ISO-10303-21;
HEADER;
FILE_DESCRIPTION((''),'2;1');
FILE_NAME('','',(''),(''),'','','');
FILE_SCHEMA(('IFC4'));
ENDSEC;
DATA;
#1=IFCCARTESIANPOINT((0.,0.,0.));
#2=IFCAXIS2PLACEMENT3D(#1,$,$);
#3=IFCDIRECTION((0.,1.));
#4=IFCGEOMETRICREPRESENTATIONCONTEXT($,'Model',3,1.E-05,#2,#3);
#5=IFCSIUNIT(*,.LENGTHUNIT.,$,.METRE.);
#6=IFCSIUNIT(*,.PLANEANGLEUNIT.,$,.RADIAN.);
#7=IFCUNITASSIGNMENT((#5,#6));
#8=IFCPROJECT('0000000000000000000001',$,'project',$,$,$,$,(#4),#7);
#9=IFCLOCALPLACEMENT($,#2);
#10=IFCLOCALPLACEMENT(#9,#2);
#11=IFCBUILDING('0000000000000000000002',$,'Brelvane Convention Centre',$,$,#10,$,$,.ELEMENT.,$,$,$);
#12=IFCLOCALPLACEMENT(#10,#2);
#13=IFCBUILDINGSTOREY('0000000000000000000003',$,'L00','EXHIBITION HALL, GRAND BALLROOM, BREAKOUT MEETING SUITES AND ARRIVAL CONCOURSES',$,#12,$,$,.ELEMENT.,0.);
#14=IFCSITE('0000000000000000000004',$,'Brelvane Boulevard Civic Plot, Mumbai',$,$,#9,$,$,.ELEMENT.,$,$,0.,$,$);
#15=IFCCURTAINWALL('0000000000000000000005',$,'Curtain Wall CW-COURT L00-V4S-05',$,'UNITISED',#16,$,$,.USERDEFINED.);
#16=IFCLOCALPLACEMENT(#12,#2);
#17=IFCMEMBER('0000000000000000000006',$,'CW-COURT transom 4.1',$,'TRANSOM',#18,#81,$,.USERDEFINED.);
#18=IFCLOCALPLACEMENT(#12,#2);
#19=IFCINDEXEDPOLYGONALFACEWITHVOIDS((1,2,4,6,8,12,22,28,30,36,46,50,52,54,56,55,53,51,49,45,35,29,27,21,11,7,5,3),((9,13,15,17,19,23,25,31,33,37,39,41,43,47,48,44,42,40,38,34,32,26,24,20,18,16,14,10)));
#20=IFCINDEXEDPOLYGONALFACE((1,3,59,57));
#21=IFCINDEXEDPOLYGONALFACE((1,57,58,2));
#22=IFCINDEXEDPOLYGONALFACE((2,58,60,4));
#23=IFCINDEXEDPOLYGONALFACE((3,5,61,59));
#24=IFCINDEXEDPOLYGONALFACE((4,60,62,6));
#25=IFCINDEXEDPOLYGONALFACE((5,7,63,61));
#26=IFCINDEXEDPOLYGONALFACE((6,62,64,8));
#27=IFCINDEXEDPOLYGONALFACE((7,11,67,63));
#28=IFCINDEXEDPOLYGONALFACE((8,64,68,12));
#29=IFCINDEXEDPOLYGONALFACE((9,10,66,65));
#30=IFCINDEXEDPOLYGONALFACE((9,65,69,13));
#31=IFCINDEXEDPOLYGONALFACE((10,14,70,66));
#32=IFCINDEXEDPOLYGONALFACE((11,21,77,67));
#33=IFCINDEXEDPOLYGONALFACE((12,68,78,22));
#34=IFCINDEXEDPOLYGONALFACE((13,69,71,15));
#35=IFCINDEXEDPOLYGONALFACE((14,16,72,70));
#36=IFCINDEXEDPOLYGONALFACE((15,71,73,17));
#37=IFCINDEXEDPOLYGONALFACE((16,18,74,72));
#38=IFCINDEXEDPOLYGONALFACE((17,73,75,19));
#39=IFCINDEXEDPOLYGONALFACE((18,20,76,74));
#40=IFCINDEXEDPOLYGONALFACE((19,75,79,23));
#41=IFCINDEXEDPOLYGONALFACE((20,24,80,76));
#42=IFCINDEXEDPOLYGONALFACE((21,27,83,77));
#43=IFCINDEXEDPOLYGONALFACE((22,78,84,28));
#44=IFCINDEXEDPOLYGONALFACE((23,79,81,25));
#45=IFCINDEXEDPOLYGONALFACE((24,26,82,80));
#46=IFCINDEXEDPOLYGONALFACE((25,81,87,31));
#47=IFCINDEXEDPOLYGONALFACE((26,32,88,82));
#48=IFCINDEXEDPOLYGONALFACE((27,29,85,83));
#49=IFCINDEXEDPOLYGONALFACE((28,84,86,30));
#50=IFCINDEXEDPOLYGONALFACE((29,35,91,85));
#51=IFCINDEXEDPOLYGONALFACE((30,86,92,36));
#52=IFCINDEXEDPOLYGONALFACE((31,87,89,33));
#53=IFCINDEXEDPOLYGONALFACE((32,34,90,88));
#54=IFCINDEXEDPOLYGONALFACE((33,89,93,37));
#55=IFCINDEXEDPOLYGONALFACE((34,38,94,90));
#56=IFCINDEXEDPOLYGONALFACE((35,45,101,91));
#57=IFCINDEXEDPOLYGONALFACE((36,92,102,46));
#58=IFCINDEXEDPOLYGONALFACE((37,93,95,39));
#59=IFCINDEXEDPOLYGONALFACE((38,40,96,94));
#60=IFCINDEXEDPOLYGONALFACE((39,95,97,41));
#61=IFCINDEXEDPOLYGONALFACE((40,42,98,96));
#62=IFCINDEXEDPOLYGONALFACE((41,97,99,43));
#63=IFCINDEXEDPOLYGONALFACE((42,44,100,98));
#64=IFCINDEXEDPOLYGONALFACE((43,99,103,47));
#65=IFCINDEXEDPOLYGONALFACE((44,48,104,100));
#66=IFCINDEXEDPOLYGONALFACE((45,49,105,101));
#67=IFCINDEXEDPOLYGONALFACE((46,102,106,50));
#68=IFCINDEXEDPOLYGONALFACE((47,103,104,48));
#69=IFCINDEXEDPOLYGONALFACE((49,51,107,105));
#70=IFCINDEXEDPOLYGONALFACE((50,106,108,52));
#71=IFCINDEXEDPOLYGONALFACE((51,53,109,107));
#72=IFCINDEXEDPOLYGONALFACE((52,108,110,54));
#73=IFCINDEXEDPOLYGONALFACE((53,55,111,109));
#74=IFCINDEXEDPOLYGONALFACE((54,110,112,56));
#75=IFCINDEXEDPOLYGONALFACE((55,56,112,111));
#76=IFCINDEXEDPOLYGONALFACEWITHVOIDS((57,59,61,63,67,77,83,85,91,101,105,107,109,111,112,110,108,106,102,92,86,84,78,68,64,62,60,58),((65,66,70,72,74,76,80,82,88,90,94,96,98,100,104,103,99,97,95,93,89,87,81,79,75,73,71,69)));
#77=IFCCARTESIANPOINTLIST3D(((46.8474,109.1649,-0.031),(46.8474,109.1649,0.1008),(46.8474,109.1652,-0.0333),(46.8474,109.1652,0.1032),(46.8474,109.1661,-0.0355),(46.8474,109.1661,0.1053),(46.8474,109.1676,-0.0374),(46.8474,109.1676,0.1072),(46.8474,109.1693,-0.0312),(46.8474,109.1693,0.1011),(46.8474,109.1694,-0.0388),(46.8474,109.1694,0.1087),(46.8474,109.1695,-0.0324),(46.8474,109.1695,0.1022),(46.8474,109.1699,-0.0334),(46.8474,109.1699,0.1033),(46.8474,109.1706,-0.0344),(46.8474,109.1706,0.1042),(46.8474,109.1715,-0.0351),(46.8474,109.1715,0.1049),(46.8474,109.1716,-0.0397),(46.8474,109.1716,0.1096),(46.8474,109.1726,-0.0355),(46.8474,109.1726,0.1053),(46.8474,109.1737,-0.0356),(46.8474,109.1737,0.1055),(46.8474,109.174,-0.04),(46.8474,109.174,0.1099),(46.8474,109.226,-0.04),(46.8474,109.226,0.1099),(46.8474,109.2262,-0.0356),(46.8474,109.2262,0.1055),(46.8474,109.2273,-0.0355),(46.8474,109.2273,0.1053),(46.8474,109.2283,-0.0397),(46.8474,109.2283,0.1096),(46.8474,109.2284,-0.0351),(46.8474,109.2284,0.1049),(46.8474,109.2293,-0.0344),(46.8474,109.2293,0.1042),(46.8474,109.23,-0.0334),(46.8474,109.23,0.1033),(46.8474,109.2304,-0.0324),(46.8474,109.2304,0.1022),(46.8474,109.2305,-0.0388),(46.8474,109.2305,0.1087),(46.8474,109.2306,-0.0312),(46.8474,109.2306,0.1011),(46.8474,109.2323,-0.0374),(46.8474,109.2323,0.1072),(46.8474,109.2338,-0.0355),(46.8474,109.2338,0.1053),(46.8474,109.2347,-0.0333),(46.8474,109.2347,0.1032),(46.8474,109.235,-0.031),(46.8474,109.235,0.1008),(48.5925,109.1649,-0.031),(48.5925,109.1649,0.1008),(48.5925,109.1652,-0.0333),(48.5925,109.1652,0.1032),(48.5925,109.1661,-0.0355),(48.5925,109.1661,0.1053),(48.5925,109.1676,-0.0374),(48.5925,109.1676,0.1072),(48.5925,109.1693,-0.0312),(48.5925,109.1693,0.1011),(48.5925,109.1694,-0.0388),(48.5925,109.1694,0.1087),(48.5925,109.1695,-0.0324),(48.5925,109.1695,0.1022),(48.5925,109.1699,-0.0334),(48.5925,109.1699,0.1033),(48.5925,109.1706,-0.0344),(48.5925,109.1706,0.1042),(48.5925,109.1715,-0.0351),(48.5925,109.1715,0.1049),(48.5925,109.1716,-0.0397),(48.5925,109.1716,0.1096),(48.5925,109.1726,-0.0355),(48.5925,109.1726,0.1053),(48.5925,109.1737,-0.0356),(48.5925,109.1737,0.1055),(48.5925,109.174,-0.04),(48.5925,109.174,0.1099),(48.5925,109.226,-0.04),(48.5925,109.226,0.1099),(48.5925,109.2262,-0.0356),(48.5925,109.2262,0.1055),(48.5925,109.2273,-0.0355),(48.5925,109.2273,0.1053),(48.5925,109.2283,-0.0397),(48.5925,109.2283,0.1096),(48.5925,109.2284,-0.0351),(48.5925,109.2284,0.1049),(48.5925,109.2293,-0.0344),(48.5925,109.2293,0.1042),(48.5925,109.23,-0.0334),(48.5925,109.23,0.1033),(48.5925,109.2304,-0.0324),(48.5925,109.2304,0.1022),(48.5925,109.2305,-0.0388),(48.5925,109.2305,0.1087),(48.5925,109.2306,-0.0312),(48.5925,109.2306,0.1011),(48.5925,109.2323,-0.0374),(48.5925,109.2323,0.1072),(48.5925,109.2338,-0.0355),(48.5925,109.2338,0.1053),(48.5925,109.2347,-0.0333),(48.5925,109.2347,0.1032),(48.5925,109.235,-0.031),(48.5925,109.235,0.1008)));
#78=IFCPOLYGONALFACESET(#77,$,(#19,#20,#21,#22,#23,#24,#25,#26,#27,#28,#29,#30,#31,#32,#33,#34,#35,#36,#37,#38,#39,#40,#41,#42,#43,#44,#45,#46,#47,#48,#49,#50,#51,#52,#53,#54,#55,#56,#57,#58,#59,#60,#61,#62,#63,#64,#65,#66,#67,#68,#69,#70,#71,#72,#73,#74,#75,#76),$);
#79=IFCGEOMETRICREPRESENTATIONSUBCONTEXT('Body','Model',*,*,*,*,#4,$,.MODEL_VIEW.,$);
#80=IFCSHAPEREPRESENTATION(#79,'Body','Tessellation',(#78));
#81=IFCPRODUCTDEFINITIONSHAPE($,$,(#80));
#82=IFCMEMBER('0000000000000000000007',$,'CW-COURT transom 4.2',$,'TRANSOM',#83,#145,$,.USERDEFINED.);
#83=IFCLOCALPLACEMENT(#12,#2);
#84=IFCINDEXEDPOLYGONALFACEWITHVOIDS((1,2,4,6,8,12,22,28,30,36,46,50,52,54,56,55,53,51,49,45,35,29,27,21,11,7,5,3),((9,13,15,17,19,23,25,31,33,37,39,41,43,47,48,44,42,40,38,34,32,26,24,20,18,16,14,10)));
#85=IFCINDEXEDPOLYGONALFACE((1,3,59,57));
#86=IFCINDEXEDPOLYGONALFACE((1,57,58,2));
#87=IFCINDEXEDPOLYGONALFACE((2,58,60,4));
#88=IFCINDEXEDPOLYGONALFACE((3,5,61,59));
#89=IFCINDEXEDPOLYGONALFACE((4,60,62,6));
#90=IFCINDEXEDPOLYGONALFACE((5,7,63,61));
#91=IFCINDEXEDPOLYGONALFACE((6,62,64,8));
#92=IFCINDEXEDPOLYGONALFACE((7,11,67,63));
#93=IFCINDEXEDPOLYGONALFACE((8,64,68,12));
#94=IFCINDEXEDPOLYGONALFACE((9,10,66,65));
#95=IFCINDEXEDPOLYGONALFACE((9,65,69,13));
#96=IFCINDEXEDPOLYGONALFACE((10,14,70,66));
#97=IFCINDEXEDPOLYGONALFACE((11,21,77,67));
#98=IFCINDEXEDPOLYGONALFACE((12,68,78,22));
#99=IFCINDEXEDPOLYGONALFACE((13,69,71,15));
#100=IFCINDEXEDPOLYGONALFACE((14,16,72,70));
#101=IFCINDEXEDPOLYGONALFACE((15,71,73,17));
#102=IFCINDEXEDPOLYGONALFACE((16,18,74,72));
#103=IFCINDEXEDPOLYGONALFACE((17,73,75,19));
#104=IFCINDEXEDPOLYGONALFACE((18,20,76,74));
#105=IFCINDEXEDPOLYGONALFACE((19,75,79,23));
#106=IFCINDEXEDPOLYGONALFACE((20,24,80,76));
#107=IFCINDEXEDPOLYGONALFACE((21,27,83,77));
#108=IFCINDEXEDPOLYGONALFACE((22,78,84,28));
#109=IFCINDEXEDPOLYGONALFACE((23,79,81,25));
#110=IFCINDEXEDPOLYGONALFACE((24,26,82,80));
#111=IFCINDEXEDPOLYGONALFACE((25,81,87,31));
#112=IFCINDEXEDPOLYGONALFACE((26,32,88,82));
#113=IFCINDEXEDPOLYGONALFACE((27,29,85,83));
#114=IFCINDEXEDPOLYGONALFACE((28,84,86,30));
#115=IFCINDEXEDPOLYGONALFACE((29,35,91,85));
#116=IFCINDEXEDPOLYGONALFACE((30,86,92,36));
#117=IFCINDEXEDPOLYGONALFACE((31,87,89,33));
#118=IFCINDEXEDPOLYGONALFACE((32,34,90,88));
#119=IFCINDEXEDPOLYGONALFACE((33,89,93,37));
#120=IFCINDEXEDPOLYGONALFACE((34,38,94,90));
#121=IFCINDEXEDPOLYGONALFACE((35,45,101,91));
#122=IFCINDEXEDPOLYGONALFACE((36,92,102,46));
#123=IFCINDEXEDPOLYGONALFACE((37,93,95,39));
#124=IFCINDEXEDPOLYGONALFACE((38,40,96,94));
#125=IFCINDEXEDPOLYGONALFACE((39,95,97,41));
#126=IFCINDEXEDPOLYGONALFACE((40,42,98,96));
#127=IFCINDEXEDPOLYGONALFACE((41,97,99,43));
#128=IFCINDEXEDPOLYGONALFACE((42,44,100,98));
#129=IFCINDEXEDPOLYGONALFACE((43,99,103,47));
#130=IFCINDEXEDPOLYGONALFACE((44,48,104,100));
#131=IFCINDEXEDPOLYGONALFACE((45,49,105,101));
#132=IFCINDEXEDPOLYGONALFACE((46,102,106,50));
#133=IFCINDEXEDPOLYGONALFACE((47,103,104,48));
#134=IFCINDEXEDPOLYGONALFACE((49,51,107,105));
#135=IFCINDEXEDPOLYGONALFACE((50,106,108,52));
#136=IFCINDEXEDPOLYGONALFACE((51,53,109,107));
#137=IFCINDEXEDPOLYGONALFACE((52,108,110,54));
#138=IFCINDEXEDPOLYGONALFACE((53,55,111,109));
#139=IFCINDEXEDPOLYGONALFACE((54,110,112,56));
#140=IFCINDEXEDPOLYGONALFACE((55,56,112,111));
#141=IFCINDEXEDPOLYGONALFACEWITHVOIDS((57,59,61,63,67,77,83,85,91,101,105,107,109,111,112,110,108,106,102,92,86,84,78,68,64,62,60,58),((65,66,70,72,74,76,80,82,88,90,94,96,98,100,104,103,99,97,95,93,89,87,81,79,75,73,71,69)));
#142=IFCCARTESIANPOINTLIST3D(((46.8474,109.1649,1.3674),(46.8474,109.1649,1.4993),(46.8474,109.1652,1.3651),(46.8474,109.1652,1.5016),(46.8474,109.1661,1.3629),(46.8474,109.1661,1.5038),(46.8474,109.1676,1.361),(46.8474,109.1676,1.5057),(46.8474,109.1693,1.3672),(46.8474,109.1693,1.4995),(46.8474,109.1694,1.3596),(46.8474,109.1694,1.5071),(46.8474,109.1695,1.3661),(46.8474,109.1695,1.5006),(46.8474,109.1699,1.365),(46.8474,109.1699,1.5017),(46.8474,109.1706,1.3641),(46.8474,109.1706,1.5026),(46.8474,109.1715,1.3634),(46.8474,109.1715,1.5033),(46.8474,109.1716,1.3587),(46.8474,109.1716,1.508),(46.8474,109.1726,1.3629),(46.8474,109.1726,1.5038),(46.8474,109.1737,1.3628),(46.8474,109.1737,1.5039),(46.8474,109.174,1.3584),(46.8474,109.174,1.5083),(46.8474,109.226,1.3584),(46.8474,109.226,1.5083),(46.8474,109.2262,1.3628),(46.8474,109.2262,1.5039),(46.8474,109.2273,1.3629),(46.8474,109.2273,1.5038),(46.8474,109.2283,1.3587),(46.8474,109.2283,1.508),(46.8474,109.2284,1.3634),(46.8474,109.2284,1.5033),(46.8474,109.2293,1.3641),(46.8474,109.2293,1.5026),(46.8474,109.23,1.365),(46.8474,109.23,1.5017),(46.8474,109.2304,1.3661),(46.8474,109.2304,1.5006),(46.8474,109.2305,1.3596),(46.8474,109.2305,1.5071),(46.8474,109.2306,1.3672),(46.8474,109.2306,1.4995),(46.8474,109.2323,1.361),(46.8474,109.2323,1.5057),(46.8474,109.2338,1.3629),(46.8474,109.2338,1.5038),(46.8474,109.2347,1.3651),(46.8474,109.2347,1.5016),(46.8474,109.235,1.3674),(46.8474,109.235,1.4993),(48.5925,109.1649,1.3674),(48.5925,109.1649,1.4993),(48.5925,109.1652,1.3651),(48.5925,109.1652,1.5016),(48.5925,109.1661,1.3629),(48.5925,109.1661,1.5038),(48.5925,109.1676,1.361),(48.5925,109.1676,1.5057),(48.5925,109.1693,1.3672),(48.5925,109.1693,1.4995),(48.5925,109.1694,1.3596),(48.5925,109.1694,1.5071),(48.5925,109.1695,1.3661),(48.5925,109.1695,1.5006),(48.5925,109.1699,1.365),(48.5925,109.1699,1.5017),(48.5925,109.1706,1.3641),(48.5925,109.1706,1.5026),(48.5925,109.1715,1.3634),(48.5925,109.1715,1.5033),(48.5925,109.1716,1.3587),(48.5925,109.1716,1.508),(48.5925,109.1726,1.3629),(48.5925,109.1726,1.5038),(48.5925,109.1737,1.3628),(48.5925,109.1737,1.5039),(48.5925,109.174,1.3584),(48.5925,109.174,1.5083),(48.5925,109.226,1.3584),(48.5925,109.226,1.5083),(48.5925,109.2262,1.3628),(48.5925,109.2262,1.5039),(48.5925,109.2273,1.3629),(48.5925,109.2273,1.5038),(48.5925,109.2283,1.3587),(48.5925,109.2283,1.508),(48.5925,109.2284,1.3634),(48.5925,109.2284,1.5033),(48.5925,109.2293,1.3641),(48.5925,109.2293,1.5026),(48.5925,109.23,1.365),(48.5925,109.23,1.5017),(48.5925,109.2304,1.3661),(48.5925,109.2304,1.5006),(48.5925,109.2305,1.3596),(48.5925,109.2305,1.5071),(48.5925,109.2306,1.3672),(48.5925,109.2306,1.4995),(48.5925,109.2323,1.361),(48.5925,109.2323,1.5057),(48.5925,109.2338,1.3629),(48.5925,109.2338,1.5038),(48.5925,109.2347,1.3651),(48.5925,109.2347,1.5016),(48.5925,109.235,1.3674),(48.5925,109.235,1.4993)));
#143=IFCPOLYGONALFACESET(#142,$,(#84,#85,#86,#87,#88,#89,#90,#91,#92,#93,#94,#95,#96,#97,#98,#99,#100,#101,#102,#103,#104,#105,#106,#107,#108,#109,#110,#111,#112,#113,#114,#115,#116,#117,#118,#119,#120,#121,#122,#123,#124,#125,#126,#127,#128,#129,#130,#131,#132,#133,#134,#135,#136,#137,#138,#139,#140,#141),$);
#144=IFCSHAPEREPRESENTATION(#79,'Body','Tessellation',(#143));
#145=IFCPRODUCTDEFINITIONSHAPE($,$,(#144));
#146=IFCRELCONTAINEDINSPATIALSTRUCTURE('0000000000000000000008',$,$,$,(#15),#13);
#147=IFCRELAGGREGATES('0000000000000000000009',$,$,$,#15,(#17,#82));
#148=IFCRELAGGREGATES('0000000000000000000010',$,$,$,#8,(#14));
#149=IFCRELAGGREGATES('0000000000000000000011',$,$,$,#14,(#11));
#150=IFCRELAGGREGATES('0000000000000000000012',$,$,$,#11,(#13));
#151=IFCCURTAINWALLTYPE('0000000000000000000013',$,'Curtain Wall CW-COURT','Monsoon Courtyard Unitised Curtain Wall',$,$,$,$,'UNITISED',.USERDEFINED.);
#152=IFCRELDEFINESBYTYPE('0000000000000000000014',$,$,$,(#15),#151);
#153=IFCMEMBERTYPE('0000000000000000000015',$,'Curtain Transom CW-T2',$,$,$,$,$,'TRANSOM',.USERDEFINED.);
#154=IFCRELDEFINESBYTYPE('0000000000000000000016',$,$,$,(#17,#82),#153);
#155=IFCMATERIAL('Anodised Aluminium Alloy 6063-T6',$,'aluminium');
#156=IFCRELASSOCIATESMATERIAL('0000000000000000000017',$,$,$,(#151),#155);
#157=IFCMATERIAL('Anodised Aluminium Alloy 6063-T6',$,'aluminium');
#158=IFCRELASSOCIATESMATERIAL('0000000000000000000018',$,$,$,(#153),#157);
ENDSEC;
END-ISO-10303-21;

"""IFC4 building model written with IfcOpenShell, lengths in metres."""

from ifc_helpers import new_model, si_unit, direction, frame, origin, origin_2d, place, context, subcontext, project, spatial, hollow_rectangle, extrude, material, material_profile, profile_set, type_object, element, aggregate, save


model = new_model("IFC4")

# Units and contexts
model_context = context("Model", 3, precision=1e-05, world=origin(), true_north=direction((0.0, 1.0)))
body_context = subcontext(model_context, "Body", "Model", "MODEL_VIEW")
ifc_project = project(units=[si_unit("LENGTHUNIT", "METRE"), si_unit("PLANEANGLEUNIT", "RADIAN")], contexts=[model_context])

# Site, building, storey
site_placement = place(None, origin())
site = spatial("IfcSite", under=ifc_project, at=site_placement, Name="Brelvane Boulevard Civic Plot, Mumbai", CompositionType="ELEMENT", RefElevation=0.0)
building_placement = place(site_placement, origin())
building = spatial("IfcBuilding", under=site, at=building_placement, Name="Brelvane Convention Centre", CompositionType="ELEMENT")
storey_placement = place(building_placement, origin())
storey = spatial("IfcBuildingStorey", under=building, at=storey_placement, Name="L00", Description="EXHIBITION HALL, GRAND BALLROOM, BREAKOUT MEETING SUITES AND ARRIVAL CONCOURSES", CompositionType="ELEMENT", Elevation=0.0)

# Curtain wall, members
ifc_material_1 = material(Name="Anodised Aluminium Alloy 6063-T6", Category="aluminium")
curtain_wall_type = type_object("IfcCurtainWallType", Name="Curtain Wall CW-COURT", Description="Monsoon Courtyard Unitised Curtain Wall", ElementType="UNITISED", PredefinedType="USERDEFINED", material=ifc_material_1)
curtain_wall_placement = place(storey_placement, origin())
curtain_wall = element("IfcCurtainWall", 1, at=curtain_wall_placement, inside=storey, type_object=curtain_wall_type, Name="Curtain Wall CW-COURT L00-V4S-05", ObjectType="UNITISED", PredefinedType="USERDEFINED")
ifc_material_2 = material(Name="Anodised Aluminium Alloy 6063-T6", Category="aluminium")
ifc_material_profile_1 = material_profile(ifc_material_2, hollow_rectangle(XDim=0.0701, YDim=0.1499, WallThickness=0.0044, InnerFilletRadius=0.0044, OuterFilletRadius=0.009, at=origin_2d()), Name="ALU-T 150x70x4.5")
ifc_profile_set_1 = profile_set([ifc_material_profile_1], Name="Anodised Aluminium Alloy 6063-T6")
member_type_1 = type_object("IfcMemberType", Name="Curtain Transom CW-T2", ElementType="TRANSOM", PredefinedType="USERDEFINED", material=ifc_profile_set_1)
member_1_placement = place(storey_placement, frame((46.8474, 109.2, 0.0349), z_axis=(1.0, 0.0, 0.0), x_axis=(0.0, 1.0, 0.0)))
member_1 = element("IfcMember", 2, at=member_1_placement, type_object=member_type_1, Name="CW-COURT transom 4.1", ObjectType="TRANSOM", PredefinedType="USERDEFINED", context=body_context, shape_type="SweptSolid", body=[
    extrude(hollow_rectangle(XDim=0.0701, YDim=0.1499, WallThickness=0.0044, InnerFilletRadius=0.0044, OuterFilletRadius=0.009, at=origin_2d()), origin(), (0.0, 0.0, 1.0), 1.7451),
])
member_2_placement = place(storey_placement, frame((46.8474, 109.2, 1.4333), z_axis=(1.0, 0.0, 0.0), x_axis=(0.0, 1.0, 0.0)))
member_2 = element("IfcMember", 3, at=member_2_placement, type_object=member_type_1, Name="CW-COURT transom 4.2", ObjectType="TRANSOM", PredefinedType="USERDEFINED", context=body_context, shape_type="SweptSolid", body=[
    extrude(hollow_rectangle(XDim=0.0701, YDim=0.1499, WallThickness=0.0044, InnerFilletRadius=0.0044, OuterFilletRadius=0.009, at=origin_2d()), origin(), (0.0, 0.0, 1.0), 1.7451),
])
aggregate(curtain_wall, [member_1, member_2])

save(model, "model.ifc")
